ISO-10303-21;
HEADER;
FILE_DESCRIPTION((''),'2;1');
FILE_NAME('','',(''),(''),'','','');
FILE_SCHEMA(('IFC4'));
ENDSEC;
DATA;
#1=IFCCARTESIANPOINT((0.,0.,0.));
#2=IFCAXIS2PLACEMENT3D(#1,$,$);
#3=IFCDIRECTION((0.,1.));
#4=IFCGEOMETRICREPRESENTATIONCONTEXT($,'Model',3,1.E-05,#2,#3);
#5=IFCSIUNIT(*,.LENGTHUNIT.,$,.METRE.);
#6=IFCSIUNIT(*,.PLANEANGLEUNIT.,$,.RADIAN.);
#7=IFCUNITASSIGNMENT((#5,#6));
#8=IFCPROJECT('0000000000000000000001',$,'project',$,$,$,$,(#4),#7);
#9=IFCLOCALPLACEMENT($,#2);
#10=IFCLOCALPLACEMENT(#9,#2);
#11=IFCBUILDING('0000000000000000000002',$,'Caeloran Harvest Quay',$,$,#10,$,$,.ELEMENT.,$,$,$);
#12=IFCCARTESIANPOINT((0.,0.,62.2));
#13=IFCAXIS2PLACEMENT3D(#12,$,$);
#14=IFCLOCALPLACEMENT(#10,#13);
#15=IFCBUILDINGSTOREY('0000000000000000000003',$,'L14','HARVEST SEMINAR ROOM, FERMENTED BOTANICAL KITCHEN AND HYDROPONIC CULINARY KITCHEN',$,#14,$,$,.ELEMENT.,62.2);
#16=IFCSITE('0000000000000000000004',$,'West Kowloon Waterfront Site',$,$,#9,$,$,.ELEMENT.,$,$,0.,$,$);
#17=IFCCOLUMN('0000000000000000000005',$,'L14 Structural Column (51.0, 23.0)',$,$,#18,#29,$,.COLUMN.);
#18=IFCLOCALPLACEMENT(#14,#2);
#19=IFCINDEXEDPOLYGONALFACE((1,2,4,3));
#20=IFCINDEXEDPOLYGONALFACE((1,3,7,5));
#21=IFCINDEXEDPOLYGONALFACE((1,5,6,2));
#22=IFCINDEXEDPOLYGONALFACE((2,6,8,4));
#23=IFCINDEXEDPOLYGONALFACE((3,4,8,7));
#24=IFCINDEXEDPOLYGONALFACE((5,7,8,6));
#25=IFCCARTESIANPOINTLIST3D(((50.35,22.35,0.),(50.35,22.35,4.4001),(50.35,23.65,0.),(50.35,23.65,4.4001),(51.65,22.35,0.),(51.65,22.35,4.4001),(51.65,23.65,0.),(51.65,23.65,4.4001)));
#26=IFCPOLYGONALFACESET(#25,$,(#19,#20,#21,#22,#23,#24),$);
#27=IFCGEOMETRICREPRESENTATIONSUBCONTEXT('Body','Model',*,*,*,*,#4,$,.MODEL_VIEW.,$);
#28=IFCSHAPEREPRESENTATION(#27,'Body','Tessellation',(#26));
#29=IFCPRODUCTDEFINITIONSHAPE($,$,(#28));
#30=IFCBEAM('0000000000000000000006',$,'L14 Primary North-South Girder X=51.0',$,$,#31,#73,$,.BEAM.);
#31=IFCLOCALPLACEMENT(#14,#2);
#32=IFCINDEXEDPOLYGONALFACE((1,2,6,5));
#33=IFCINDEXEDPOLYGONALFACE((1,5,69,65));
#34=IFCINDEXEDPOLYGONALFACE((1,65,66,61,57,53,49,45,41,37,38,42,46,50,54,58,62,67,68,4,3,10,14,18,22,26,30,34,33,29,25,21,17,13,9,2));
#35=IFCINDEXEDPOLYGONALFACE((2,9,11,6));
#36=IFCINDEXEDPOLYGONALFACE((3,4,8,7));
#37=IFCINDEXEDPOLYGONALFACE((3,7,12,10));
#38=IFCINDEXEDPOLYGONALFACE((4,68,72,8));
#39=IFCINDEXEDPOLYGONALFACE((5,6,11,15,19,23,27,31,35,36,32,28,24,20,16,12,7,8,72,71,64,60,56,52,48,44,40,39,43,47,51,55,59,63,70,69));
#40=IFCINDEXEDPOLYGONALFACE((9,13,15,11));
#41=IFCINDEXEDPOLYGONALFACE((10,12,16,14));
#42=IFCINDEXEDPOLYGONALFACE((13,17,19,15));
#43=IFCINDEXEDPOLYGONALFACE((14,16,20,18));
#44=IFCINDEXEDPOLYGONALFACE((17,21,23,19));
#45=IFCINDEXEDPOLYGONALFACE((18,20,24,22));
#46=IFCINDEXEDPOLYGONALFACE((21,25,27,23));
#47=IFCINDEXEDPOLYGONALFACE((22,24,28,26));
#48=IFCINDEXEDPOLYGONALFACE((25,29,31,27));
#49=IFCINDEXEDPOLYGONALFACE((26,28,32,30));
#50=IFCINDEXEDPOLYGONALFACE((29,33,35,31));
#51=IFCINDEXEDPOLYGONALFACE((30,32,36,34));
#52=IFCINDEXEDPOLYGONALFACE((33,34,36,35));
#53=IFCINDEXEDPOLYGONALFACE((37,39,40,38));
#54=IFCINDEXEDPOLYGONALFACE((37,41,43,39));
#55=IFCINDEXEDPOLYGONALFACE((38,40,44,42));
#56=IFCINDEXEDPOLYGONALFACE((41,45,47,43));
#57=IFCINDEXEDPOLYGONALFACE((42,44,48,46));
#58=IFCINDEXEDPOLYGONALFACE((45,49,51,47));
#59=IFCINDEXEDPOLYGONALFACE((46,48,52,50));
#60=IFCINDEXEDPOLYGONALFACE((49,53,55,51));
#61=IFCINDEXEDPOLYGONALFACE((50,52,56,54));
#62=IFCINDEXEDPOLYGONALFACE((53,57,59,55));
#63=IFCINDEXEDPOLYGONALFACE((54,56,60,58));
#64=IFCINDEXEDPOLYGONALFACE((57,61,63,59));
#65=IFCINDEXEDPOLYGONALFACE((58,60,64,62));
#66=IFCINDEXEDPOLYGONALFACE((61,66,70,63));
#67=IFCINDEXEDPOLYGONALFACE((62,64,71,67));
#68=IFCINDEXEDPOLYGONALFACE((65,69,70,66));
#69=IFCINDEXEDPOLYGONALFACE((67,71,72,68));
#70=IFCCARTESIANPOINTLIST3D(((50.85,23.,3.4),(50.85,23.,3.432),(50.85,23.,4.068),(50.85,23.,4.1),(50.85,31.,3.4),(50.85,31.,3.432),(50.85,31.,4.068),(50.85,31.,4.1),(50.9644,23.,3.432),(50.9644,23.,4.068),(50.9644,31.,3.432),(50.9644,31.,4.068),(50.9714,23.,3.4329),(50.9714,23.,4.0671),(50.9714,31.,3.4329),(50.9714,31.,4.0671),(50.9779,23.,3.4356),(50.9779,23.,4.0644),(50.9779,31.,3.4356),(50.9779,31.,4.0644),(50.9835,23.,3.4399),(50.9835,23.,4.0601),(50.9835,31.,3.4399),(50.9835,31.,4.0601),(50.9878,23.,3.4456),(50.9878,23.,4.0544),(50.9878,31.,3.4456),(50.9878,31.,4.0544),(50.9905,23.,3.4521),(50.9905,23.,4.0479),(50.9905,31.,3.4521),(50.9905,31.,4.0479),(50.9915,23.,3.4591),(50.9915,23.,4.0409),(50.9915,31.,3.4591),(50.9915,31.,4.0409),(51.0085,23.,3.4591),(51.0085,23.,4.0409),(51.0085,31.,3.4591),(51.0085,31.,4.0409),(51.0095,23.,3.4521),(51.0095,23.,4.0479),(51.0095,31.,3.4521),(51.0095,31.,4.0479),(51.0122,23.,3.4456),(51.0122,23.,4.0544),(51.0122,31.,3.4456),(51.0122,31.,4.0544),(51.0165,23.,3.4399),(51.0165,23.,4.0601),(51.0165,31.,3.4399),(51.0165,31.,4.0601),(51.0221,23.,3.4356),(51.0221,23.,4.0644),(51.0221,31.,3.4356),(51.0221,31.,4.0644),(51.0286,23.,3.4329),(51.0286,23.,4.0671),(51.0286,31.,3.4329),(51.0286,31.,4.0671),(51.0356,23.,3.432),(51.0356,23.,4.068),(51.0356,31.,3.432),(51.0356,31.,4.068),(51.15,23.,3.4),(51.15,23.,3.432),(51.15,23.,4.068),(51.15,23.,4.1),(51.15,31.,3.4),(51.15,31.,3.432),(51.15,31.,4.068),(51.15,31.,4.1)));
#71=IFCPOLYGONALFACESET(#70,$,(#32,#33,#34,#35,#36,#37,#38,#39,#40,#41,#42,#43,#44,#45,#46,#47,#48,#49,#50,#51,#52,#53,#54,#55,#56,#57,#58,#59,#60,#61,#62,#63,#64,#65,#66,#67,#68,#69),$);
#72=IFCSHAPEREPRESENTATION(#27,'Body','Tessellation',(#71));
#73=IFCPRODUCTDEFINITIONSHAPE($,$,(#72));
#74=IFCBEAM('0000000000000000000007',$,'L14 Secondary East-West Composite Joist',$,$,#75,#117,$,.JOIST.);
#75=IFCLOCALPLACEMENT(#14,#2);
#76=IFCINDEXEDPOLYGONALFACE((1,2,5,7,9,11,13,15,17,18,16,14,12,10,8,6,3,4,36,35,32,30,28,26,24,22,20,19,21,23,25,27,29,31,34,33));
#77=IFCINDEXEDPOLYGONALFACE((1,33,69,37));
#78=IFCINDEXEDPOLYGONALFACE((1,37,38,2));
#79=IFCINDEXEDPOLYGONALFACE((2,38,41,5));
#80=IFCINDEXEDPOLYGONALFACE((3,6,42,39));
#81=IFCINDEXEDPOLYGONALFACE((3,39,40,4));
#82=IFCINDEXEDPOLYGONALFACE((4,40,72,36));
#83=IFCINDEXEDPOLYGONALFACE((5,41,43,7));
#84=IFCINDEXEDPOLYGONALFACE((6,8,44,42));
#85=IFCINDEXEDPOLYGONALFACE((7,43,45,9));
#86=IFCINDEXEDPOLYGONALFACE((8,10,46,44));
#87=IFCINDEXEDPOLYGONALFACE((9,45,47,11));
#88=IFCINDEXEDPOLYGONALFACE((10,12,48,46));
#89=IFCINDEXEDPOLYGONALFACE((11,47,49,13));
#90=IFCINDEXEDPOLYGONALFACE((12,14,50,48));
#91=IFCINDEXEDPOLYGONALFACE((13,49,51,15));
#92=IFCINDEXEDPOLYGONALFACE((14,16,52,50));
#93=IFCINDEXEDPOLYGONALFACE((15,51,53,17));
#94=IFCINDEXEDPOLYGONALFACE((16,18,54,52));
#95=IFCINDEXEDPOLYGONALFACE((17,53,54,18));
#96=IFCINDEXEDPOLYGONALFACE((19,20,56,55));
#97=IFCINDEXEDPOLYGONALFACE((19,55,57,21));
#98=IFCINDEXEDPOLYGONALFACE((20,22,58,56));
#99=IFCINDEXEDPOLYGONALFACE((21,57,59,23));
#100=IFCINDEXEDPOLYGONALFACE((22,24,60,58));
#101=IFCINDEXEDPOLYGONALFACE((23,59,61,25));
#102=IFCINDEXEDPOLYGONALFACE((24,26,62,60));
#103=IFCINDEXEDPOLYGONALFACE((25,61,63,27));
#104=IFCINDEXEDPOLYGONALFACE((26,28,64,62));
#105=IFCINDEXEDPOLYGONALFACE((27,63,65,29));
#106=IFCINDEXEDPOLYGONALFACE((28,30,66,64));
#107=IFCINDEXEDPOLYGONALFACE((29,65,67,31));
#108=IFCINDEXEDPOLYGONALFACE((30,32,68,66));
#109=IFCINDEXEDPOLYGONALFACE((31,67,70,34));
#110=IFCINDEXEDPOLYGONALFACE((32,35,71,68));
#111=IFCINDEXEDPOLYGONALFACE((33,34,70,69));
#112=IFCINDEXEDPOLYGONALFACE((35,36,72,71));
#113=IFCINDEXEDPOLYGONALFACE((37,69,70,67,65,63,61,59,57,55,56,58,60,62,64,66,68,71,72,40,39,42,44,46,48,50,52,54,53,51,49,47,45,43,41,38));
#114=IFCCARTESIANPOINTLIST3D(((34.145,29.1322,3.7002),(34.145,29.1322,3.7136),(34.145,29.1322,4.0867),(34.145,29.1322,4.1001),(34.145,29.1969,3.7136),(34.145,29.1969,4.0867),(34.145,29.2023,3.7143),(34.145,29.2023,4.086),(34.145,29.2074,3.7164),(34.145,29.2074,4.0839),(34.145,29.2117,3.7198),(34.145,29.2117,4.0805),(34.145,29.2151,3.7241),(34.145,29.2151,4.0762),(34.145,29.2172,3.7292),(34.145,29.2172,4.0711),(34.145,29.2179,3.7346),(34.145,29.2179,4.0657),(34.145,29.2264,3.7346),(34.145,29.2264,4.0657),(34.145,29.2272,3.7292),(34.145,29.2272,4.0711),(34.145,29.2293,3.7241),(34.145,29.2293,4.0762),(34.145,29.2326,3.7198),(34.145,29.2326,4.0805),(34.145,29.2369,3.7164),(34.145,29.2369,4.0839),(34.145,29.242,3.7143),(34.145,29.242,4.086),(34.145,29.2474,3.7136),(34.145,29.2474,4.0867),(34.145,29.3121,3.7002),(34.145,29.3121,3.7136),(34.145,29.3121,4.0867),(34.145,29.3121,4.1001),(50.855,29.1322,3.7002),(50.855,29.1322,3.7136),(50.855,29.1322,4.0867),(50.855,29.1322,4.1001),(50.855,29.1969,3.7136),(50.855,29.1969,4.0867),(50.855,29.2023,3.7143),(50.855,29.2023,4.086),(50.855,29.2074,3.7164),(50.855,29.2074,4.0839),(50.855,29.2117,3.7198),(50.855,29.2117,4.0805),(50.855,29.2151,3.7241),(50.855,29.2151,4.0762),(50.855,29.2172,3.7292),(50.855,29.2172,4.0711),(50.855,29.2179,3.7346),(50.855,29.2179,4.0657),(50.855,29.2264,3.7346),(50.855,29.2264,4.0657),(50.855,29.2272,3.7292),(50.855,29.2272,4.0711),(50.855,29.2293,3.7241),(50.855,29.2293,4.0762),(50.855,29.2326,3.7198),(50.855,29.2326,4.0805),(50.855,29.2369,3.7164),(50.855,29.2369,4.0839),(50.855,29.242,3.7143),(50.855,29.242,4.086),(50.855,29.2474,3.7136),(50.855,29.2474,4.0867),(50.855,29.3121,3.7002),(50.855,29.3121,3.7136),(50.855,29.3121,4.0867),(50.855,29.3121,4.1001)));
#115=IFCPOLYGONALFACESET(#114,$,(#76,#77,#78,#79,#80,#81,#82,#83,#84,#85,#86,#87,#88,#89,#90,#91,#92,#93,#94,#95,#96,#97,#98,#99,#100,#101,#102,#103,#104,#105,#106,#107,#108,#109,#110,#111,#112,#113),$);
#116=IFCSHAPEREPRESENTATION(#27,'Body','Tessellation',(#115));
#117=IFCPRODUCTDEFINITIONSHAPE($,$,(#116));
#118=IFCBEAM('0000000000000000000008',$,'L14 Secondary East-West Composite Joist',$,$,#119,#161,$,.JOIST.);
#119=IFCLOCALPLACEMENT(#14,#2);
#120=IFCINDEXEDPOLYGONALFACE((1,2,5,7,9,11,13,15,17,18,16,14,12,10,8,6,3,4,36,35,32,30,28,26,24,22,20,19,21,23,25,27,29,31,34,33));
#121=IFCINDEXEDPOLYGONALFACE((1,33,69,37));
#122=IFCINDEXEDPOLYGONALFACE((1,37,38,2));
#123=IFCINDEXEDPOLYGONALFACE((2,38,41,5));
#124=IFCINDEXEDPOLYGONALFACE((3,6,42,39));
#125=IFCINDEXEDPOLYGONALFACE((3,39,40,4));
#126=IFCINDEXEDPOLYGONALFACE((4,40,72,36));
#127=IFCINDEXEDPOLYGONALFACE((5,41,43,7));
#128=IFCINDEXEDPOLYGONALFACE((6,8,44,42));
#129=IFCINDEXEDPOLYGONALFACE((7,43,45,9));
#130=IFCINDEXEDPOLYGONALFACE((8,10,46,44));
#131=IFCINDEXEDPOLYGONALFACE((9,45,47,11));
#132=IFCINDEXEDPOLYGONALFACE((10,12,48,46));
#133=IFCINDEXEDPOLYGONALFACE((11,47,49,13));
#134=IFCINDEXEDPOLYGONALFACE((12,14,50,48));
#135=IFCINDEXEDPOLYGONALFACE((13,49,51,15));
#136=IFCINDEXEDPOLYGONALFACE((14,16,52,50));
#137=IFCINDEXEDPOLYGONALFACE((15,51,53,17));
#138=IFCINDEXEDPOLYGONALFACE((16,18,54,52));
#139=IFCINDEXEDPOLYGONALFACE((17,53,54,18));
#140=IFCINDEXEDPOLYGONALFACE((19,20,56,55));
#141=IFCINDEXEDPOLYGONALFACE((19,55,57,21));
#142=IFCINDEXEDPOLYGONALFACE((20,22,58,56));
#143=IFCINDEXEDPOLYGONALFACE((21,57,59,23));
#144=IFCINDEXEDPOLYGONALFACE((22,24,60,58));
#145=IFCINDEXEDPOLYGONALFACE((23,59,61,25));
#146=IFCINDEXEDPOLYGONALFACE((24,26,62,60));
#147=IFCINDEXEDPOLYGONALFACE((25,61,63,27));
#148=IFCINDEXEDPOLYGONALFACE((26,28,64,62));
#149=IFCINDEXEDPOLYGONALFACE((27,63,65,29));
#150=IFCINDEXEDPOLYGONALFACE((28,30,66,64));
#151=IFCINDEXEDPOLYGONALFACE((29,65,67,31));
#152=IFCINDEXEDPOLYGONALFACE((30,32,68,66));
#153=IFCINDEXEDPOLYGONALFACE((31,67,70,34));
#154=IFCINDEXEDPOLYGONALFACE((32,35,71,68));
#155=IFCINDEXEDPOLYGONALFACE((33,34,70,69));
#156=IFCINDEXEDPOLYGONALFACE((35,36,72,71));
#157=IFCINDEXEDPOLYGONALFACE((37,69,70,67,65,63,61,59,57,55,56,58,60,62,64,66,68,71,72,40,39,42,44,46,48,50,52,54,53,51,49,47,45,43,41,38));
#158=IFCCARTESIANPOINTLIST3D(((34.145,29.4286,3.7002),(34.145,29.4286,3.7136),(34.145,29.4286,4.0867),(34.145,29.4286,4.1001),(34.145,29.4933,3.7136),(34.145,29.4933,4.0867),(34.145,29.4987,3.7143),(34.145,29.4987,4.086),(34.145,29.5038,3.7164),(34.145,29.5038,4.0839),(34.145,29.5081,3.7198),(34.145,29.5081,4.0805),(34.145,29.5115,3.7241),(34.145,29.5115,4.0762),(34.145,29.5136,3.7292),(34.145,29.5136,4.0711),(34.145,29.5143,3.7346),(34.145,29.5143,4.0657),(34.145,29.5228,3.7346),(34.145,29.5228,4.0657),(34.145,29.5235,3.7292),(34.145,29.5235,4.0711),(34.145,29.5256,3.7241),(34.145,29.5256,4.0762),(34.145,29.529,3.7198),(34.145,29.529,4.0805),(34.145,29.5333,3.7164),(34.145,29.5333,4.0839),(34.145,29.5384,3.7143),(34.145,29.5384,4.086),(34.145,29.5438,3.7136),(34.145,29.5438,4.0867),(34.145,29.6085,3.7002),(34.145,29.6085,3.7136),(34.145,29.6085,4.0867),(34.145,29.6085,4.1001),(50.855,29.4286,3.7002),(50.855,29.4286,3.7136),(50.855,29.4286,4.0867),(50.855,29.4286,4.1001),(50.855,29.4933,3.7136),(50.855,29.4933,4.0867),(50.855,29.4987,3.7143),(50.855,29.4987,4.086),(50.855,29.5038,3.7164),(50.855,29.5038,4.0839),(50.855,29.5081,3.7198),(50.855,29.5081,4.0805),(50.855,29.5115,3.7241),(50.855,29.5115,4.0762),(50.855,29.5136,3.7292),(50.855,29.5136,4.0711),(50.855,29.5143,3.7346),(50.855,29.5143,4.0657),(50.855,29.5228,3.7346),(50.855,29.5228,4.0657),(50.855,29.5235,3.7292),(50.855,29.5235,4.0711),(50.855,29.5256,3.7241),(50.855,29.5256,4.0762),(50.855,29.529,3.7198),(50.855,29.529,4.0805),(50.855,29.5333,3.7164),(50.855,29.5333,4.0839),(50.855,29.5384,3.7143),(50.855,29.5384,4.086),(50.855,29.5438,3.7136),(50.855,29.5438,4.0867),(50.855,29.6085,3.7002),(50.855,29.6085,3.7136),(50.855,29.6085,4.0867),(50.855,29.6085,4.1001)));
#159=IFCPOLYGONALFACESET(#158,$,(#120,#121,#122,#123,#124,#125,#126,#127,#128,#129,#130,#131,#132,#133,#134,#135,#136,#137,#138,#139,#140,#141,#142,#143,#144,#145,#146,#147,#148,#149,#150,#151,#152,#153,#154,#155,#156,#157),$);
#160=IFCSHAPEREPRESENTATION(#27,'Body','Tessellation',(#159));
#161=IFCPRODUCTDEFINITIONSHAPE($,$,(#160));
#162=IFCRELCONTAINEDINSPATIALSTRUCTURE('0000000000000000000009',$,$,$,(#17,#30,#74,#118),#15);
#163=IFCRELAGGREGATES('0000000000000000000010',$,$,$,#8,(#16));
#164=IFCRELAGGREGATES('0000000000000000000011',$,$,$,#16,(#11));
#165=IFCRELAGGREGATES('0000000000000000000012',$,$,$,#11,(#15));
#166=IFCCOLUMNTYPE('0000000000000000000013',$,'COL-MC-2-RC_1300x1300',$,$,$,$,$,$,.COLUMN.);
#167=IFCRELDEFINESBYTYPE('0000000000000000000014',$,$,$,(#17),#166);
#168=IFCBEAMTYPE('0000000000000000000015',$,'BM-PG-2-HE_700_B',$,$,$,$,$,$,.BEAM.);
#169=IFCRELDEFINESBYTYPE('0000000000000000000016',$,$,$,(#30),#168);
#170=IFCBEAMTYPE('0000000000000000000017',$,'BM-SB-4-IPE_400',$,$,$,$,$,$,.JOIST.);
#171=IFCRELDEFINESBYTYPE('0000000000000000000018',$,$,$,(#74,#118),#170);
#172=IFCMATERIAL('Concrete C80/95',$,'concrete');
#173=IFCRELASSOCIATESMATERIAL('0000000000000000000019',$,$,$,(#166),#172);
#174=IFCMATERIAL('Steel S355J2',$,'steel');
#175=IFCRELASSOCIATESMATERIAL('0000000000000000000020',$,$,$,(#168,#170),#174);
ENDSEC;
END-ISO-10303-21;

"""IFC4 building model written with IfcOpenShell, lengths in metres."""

from ifc_helpers import new_model, si_unit, direction, frame, origin, origin_2d, place, context, subcontext, project, spatial, rectangle, i_section, extrude, material, material_profile, profile_set, type_object, element, save


model = new_model("IFC4")

# Units and contexts
model_context = context("Model", 3, precision=1e-05, world=origin(), true_north=direction((0.0, 1.0)))
body_context = subcontext(model_context, "Body", "Model", "MODEL_VIEW")
ifc_project = project(units=[si_unit("LENGTHUNIT", "METRE"), si_unit("PLANEANGLEUNIT", "RADIAN")], contexts=[model_context])

# Site, building, storey
site_placement = place(None, origin())
site = spatial("IfcSite", under=ifc_project, at=site_placement, Name="West Kowloon Waterfront Site", CompositionType="ELEMENT", RefElevation=0.0)
building_placement = place(site_placement, origin())
building = spatial("IfcBuilding", under=site, at=building_placement, Name="Caeloran Harvest Quay", CompositionType="ELEMENT")
storey_placement = place(building_placement, frame((0.0, 0.0, 62.2)))
storey = spatial("IfcBuildingStorey", under=building, at=storey_placement, Name="L14", Description="HARVEST SEMINAR ROOM, FERMENTED BOTANICAL KITCHEN AND HYDROPONIC CULINARY KITCHEN", CompositionType="ELEMENT", Elevation=62.2)

# Column
ifc_material_1 = material(Name="Concrete C80/95", Category="concrete")
ifc_material_profile_1 = material_profile(ifc_material_1, rectangle(XDim=1.3, YDim=1.3, at=origin_2d()), Name="RC 1300x1300")
ifc_profile_set_1 = profile_set([ifc_material_profile_1], Name="Concrete C80/95")
column_type = type_object("IfcColumnType", Name="COL-MC-2-RC_1300x1300", PredefinedType="COLUMN", material=ifc_profile_set_1)
column_placement = place(storey_placement, frame((51.0, 23.0, 0.0), z_axis=(0.0, 0.0, 1.0), x_axis=(1.0, 0.0, 0.0)))
element("IfcColumn", 1, at=column_placement, inside=storey, type_object=column_type, Name="L14 Structural Column (51.0, 23.0)", PredefinedType="COLUMN", context=body_context, shape_type="SweptSolid", body=[
    extrude(rectangle(XDim=1.3, YDim=1.3, at=origin_2d()), origin(), (0.0, 0.0, 1.0), 4.4001),
])

# Beams
ifc_material_2 = material(Name="Steel S355J2", Category="steel")
ifc_material_profile_2 = material_profile(ifc_material_2, i_section(OverallWidth=0.3, OverallDepth=0.7, WebThickness=0.0171, FlangeThickness=0.032, FilletRadius=0.0271, at=origin_2d()), Name="HE 700 B")
ifc_profile_set_2 = profile_set([ifc_material_profile_2], Name="Steel S355J2")
beam_type_1 = type_object("IfcBeamType", Name="BM-PG-2-HE_700_B", PredefinedType="BEAM", material=ifc_profile_set_2)
beam_placement = place(storey_placement, frame((51.0, 23.0, 3.75), z_axis=(0.0, 1.0, 0.0), x_axis=(-1.0, 0.0, 0.0)))
element("IfcBeam", 2, at=beam_placement, inside=storey, type_object=beam_type_1, Name="L14 Primary North-South Girder X=51.0", PredefinedType="BEAM", context=body_context, shape_type="SweptSolid", body=[
    extrude(i_section(OverallWidth=0.3, OverallDepth=0.7, WebThickness=0.0171, FlangeThickness=0.032, FilletRadius=0.0271, at=origin_2d()), origin(), (0.0, 0.0, 1.0), 8.0),
])
ifc_material_profile_3 = material_profile(ifc_material_2, i_section(OverallWidth=0.1799, OverallDepth=0.3999, WebThickness=0.0085, FlangeThickness=0.0134, FilletRadius=0.021, at=origin_2d()), Name="IPE 400")
ifc_profile_set_3 = profile_set([ifc_material_profile_3], Name="Steel S355J2")
beam_type_2 = type_object("IfcBeamType", Name="BM-SB-4-IPE_400", PredefinedType="JOIST", material=ifc_profile_set_3)
for number, where, z_axis, x_axis, name in (
    (3, (34.145, 29.2222, 3.9001), (1.0, 0.0, 0.0), (0.0, 1.0, 0.0), "L14 Secondary East-West Composite Joist"),
    (4, (34.145, 29.5186, 3.9001), (1.0, 0.0, 0.0), (0.0, 1.0, 0.0), "L14 Secondary East-West Composite Joist"),
):
    element("IfcBeam", number, at=place(storey_placement, frame(where, z_axis=z_axis, x_axis=x_axis)), inside=storey, type_object=beam_type_2, Name=name, PredefinedType="JOIST", context=body_context, shape_type="SweptSolid", body=[
        extrude(i_section(OverallWidth=0.1799, OverallDepth=0.3999, WebThickness=0.0085, FlangeThickness=0.0134, FilletRadius=0.021, at=origin_2d()), origin(), (0.0, 0.0, 1.0), 16.71),
    ])

save(model, "model.ifc")
